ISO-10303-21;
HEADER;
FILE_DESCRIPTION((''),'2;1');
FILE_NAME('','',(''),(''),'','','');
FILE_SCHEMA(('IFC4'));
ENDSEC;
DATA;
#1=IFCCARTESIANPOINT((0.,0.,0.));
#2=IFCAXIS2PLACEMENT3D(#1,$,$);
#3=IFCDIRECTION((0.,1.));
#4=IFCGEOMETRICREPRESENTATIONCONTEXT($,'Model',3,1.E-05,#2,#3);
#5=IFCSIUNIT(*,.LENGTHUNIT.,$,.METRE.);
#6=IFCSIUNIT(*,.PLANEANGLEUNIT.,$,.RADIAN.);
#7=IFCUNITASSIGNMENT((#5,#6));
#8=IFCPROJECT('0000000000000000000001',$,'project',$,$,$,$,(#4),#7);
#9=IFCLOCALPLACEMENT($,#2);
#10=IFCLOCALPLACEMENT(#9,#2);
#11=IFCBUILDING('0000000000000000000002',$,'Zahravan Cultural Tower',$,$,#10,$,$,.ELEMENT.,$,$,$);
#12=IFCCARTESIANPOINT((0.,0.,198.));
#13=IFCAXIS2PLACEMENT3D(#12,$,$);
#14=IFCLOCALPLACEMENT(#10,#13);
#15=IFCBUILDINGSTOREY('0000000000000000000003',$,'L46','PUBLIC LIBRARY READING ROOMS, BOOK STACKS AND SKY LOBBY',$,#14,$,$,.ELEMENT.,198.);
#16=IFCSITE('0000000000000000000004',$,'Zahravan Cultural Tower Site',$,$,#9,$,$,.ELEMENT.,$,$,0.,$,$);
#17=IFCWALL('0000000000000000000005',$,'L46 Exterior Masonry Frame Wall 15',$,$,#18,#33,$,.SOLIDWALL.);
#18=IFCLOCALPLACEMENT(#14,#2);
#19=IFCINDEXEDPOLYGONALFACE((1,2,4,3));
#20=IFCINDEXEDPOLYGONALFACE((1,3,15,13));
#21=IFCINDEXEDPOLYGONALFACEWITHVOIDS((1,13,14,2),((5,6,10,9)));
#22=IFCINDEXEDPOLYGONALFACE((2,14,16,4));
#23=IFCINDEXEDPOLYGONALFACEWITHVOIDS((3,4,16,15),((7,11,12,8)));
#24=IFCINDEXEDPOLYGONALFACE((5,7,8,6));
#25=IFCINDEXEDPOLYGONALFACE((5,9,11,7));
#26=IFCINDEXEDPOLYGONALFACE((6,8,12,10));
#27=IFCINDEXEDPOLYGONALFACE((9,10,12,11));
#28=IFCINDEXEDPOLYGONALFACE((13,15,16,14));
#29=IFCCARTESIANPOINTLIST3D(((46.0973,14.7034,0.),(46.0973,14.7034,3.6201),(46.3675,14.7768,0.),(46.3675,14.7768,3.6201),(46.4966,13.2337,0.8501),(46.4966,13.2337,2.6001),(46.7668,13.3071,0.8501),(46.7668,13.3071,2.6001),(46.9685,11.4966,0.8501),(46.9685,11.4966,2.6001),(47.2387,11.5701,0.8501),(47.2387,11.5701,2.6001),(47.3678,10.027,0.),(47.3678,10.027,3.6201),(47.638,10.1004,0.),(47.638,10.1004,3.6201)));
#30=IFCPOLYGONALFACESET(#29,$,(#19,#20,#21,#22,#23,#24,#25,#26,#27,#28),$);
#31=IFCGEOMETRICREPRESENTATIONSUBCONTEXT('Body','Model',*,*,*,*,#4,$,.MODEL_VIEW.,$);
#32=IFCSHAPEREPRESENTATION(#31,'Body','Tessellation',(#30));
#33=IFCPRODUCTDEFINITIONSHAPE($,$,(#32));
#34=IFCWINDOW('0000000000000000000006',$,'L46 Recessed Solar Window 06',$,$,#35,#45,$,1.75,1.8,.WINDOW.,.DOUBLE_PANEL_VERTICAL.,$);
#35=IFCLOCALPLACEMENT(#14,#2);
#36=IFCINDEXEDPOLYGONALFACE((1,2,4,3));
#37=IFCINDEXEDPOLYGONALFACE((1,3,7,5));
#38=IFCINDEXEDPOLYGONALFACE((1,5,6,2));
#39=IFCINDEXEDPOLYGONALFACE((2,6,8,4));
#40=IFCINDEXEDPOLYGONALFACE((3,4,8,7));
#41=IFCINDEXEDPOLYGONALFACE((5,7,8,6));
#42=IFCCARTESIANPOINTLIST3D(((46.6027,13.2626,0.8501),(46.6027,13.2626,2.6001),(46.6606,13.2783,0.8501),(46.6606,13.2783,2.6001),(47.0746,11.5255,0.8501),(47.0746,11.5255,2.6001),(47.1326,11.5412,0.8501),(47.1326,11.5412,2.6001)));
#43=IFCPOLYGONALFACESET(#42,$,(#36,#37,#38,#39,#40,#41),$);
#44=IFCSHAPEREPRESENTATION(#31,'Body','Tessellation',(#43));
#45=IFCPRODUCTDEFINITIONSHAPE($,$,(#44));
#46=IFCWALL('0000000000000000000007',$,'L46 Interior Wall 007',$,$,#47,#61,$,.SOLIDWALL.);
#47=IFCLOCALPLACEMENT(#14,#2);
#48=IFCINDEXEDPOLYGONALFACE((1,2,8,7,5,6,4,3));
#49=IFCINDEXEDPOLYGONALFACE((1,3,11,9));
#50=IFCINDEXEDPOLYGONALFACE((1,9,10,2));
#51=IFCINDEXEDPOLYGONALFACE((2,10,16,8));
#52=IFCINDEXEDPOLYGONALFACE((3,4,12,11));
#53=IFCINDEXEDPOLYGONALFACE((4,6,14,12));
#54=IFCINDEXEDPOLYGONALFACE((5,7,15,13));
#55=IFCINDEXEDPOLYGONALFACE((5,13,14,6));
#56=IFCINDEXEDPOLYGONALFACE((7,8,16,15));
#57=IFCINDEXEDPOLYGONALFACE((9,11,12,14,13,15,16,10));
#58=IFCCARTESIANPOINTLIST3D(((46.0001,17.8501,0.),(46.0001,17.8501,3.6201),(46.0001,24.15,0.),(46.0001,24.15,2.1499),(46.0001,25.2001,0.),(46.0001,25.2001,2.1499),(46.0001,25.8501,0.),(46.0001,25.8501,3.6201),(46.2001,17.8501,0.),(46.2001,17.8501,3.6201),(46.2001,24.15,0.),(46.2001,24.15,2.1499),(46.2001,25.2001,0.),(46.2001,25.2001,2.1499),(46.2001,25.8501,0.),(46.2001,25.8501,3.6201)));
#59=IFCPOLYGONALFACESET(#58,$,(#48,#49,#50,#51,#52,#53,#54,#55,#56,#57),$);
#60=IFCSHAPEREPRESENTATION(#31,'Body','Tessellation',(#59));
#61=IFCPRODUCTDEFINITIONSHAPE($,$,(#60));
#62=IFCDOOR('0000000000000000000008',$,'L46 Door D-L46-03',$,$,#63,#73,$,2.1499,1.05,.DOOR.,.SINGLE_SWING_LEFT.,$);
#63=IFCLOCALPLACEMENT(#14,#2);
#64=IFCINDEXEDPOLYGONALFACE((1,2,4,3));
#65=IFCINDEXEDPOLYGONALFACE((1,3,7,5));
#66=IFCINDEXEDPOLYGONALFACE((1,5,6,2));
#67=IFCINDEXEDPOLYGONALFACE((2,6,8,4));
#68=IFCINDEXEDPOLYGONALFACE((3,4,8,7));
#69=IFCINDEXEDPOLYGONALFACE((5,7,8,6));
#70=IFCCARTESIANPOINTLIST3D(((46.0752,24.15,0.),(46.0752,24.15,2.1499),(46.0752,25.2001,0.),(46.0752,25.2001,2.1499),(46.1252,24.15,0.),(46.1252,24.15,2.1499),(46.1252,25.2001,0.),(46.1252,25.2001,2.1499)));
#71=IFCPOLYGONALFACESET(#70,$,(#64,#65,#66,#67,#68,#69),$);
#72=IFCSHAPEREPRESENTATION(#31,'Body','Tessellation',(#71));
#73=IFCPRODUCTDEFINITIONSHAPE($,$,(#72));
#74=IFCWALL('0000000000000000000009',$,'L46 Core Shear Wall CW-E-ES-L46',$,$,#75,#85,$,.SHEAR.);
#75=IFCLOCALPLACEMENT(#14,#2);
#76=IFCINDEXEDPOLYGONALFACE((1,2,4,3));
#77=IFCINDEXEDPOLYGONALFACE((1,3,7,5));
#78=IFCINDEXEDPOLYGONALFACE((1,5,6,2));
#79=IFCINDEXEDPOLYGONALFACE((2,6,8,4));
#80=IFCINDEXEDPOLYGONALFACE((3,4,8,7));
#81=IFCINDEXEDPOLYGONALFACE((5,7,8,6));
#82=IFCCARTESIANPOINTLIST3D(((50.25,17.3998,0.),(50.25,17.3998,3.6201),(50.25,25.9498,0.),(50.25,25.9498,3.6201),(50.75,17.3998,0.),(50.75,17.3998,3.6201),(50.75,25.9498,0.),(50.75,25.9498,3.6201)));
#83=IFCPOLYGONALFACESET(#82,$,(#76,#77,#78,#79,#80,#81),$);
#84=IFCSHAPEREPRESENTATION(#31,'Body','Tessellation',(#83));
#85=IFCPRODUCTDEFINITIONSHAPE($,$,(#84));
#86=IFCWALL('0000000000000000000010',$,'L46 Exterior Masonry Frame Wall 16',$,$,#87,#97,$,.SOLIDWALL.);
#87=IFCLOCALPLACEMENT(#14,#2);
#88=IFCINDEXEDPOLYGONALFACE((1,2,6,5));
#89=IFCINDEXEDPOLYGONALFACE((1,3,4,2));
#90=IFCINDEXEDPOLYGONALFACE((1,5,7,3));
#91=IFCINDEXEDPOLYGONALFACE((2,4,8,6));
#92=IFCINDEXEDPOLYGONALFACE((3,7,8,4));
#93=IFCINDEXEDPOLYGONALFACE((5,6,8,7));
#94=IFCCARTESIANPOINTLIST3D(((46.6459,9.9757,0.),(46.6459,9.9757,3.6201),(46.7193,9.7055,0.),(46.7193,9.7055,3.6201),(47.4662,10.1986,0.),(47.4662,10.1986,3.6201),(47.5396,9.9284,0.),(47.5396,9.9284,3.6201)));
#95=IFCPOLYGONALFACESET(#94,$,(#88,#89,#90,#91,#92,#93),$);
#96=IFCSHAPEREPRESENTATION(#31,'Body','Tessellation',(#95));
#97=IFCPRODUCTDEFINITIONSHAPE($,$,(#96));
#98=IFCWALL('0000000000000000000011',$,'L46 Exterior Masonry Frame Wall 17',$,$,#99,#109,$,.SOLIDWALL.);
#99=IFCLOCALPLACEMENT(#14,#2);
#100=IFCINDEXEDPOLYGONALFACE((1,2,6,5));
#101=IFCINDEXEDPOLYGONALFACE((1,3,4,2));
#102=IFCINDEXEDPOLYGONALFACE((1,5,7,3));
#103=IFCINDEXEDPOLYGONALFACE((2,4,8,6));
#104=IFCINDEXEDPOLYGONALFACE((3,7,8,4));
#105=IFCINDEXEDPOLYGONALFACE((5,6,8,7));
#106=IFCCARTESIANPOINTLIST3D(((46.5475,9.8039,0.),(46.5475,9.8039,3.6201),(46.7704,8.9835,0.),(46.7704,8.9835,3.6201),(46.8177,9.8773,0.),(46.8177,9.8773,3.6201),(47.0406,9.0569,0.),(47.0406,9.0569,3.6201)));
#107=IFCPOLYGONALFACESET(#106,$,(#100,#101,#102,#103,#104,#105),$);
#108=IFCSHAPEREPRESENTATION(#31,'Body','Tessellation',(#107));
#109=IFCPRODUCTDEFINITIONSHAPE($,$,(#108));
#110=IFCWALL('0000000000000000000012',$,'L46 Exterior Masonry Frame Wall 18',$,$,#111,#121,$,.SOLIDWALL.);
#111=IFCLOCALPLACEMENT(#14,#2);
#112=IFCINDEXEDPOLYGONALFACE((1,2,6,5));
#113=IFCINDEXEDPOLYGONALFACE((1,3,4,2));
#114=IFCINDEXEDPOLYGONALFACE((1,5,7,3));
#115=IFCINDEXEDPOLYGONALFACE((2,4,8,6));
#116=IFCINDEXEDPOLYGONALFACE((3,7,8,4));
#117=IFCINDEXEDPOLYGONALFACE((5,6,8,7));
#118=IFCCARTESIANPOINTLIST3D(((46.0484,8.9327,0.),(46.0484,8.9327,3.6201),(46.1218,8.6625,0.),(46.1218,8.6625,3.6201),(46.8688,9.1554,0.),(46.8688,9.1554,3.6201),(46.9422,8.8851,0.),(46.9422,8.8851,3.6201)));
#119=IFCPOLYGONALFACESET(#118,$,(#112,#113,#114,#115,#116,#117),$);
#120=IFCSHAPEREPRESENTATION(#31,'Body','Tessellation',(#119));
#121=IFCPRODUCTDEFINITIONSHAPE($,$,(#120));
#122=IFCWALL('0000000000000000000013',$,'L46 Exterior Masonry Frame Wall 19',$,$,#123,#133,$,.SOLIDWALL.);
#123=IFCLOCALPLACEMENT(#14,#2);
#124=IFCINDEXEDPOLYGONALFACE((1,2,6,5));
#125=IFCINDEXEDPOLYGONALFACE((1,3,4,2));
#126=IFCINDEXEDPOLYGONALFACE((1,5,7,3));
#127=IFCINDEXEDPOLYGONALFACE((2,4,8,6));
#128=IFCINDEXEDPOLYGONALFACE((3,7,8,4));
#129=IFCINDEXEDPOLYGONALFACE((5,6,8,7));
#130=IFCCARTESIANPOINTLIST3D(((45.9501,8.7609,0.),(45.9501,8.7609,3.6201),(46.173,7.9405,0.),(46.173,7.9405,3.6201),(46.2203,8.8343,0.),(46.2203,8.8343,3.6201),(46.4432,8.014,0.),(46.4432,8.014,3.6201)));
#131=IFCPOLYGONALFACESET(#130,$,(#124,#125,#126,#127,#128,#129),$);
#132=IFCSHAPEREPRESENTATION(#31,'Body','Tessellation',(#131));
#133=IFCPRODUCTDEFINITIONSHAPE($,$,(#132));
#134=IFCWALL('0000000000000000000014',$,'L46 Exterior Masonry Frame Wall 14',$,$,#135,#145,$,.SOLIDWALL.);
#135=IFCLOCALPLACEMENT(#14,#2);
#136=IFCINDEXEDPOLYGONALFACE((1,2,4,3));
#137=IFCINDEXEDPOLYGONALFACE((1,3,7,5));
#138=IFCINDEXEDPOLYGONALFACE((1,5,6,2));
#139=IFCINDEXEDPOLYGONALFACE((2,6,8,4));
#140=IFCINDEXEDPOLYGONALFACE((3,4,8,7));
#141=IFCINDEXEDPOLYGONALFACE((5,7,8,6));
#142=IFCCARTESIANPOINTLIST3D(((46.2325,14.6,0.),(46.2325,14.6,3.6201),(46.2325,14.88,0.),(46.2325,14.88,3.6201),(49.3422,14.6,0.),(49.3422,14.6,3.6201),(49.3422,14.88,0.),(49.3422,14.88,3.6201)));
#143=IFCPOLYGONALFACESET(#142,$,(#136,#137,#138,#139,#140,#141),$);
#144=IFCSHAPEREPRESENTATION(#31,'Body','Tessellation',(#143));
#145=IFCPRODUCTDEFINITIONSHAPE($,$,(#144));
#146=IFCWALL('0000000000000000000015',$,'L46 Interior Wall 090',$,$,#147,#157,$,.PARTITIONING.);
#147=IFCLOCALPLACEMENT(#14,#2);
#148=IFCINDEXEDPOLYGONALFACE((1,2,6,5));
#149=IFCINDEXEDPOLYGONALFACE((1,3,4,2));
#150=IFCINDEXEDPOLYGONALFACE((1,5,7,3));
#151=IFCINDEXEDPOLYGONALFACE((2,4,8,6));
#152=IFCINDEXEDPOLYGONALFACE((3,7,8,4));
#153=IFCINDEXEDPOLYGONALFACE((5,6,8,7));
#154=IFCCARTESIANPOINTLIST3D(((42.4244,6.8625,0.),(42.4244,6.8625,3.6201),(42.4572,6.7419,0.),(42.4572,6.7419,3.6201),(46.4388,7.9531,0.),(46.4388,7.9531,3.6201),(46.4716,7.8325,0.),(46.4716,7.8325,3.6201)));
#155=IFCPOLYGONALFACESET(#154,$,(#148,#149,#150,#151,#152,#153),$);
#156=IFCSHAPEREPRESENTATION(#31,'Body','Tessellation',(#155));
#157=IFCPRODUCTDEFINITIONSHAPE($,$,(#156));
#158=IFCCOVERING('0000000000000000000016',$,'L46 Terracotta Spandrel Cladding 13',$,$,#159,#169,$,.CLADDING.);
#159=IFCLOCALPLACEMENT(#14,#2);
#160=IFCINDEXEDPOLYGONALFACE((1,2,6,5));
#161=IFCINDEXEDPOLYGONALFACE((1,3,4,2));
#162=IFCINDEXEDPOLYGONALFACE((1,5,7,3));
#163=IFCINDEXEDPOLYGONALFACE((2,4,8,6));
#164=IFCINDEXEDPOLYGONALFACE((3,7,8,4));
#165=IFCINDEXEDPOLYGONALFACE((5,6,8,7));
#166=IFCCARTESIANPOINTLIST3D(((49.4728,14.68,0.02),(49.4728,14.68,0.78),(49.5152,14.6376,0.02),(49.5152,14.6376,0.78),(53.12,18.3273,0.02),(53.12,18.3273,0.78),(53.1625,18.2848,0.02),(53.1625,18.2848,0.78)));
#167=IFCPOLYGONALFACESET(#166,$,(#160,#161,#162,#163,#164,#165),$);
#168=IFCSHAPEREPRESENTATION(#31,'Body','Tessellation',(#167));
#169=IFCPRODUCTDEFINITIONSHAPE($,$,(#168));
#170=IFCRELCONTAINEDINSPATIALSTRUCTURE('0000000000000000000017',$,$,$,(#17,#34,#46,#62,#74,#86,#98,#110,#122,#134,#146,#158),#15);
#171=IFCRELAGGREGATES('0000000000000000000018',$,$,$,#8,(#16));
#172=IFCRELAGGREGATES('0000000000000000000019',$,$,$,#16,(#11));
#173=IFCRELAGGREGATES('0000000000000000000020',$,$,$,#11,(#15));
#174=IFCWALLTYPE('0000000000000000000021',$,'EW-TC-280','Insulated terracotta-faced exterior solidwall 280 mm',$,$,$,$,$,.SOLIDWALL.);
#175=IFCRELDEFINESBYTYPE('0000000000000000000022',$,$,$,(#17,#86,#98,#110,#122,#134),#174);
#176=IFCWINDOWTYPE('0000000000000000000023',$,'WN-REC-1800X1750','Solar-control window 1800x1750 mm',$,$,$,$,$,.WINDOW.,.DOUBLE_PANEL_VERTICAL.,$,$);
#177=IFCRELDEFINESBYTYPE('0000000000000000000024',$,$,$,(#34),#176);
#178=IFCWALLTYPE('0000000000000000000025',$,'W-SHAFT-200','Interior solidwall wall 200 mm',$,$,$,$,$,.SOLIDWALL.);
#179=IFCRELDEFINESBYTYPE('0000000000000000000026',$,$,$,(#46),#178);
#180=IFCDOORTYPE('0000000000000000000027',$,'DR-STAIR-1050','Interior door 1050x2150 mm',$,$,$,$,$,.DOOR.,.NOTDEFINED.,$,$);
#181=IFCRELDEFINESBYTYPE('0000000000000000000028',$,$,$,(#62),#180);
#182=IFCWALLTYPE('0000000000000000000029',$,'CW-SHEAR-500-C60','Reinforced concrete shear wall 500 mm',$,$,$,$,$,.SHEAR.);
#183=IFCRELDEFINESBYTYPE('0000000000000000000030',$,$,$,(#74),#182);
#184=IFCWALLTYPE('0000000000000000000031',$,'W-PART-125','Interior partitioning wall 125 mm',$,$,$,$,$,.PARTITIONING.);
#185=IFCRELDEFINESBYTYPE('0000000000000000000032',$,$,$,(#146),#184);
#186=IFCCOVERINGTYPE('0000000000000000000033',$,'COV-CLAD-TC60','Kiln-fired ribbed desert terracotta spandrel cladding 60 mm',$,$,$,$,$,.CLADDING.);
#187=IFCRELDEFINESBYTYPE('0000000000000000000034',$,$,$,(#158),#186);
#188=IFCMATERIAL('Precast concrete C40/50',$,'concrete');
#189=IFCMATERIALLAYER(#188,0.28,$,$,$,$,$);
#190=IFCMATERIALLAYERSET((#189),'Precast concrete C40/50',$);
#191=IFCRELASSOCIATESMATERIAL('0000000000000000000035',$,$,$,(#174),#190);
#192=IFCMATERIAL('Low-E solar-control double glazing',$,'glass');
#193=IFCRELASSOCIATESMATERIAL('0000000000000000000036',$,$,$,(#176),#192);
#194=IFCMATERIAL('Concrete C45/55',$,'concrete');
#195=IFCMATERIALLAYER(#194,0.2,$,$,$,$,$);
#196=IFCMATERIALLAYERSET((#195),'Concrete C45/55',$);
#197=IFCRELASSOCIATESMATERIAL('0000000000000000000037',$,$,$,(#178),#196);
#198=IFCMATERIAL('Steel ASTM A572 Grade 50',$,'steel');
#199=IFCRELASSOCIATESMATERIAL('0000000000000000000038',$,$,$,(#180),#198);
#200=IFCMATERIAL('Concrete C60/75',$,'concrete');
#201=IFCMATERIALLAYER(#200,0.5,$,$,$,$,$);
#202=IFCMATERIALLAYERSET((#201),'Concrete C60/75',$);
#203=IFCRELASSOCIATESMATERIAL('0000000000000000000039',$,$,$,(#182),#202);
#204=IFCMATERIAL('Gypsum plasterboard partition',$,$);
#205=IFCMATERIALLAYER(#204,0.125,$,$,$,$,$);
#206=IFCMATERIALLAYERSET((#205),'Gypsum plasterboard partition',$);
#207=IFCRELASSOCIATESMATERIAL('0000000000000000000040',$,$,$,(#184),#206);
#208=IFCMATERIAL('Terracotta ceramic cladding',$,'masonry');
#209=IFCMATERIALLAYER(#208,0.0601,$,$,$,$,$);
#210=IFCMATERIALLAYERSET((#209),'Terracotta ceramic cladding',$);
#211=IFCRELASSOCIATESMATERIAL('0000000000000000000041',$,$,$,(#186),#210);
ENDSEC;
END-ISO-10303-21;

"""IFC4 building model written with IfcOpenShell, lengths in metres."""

from ifc_helpers import new_model, si_unit, direction, frame, frame_2d, origin, origin_2d, place, context, subcontext, project, spatial, rectangle, extrude, source, transform, mapped, material, layer, layer_set, type_object, element, fill, save


model = new_model("IFC4")

# Units and contexts
model_context = context("Model", 3, precision=1e-05, world=origin(), true_north=direction((0.0, 1.0)))
body_context = subcontext(model_context, "Body", "Model", "MODEL_VIEW")
ifc_project = project(units=[si_unit("LENGTHUNIT", "METRE"), si_unit("PLANEANGLEUNIT", "RADIAN")], contexts=[model_context])

# Site, building, storey
site_placement = place(None, origin())
site = spatial("IfcSite", under=ifc_project, at=site_placement, Name="Zahravan Cultural Tower Site", CompositionType="ELEMENT", RefElevation=0.0)
building_placement = place(site_placement, origin())
building = spatial("IfcBuilding", under=site, at=building_placement, Name="Zahravan Cultural Tower", CompositionType="ELEMENT")
storey_placement = place(building_placement, frame((0.0, 0.0, 198.0)))
storey = spatial("IfcBuildingStorey", under=building, at=storey_placement, Name="L46", Description="PUBLIC LIBRARY READING ROOMS, BOOK STACKS AND SKY LOBBY", CompositionType="ELEMENT", Elevation=198.0)

# Shared definitions
ifc_material_1 = material(Name="Low-E solar-control double glazing", Category="glass")

# Wall, opening, window
ifc_material_2 = material(Name="Precast concrete C40/50", Category="concrete")
ifc_layer_1 = layer(ifc_material_2, 0.28)
ifc_layer_set_1 = layer_set([ifc_layer_1], Name="Precast concrete C40/50")
wall_type_1 = type_object("IfcWallType", Name="EW-TC-280", Description="Insulated terracotta-faced exterior solidwall 280 mm", PredefinedType="SOLIDWALL", material=ifc_layer_set_1)
wall_1_placement = place(storey_placement, frame((46.2324, 14.74, 0.0), z_axis=(0.0, 0.0, 1.0), x_axis=(0.262175, -0.96502, 0.0)))
wall_1 = element("IfcWall", 1, at=wall_1_placement, inside=storey, type_object=wall_type_1, Name="L46 Exterior Masonry Frame Wall 15", PredefinedType="SOLIDWALL", context=body_context, shape_type="SweptSolid", body=[
    extrude(rectangle(XDim=4.8459, YDim=0.28, at=frame_2d((2.4229, 0.0))), origin(), (0.0, 0.0, 1.0), 3.6201),
])
opening_1_placement = place(wall_1_placement, frame((1.5229, 0.0, 0.8501)))
opening_1 = element("IfcOpeningElement", 2, at=opening_1_placement, cuts=wall_1, PredefinedType="OPENING", context=body_context, shape_type="SweptSolid", body=[
    extrude(rectangle(XDim=1.8, YDim=1.75, at=frame_2d((0.8999, 0.875))), frame((0.0, 0.1499, 0.0), z_axis=(0.0, -1.0, 0.0), x_axis=(1.0, 0.0, 0.0)), (0.0, 0.0, 1.0), 0.3),
])
window_type = type_object("IfcWindowType", Name="WN-REC-1800X1750", Description="Solar-control window 1800x1750 mm", PartitioningType="DOUBLE_PANEL_VERTICAL", PredefinedType="WINDOW", material=ifc_material_1)
shared_shape_1 = source(origin(), body_context, "Body", "SweptSolid", [
    extrude(rectangle(XDim=1.8, YDim=1.75, at=frame_2d((0.8999, 0.875))), frame((0.0, 0.03, 0.0), z_axis=(0.0, -1.0, 0.0), x_axis=(1.0, 0.0, 0.0)), (0.0, 0.0, 1.0), 0.0601),
])
window_placement = place(opening_1_placement, origin())
window = element("IfcWindow", 3, at=window_placement, inside=storey, type_object=window_type, Name="L46 Recessed Solar Window 06", OverallHeight=1.75, OverallWidth=1.8, PartitioningType="DOUBLE_PANEL_VERTICAL", PredefinedType="WINDOW", context=body_context, shape_type="MappedRepresentation", body=[
    mapped(shared_shape_1, transform((0.0, 0.0, 0.0), x_axis=(1.0, 0.0, 0.0), y_axis=(0.0, 1.0, 0.0), z_axis=(0.0, 0.0, 1.0), scale=1.0)),
])
fill(opening_1, window)

# Wall, opening, door
ifc_material_3 = material(Name="Concrete C45/55", Category="concrete")
ifc_layer_2 = layer(ifc_material_3, 0.2)
ifc_layer_set_2 = layer_set([ifc_layer_2], Name="Concrete C45/55")
wall_type_2 = type_object("IfcWallType", Name="W-SHAFT-200", Description="Interior solidwall wall 200 mm", PredefinedType="SOLIDWALL", material=ifc_layer_set_2)
wall_2_placement = place(storey_placement, frame((46.1001, 17.8501, 0.0), z_axis=(0.0, 0.0, 1.0), x_axis=(0.0, 1.0, 0.0)))
wall_2 = element("IfcWall", 4, at=wall_2_placement, inside=storey, type_object=wall_type_2, Name="L46 Interior Wall 007", PredefinedType="SOLIDWALL", context=body_context, shape_type="SweptSolid", body=[
    extrude(rectangle(XDim=8.0, YDim=0.2, at=frame_2d((4.0, 0.0))), origin(), (0.0, 0.0, 1.0), 3.6201),
])
opening_2_placement = place(wall_2_placement, frame((6.3, 0.0, 0.0)))
opening_2 = element("IfcOpeningElement", 5, at=opening_2_placement, cuts=wall_2, PredefinedType="OPENING", context=body_context, shape_type="SweptSolid", body=[
    extrude(rectangle(XDim=1.05, YDim=2.1499, at=frame_2d((0.5249, 1.075))), frame((0.0, 0.1099, 0.0), z_axis=(0.0, -1.0, 0.0), x_axis=(1.0, 0.0, 0.0)), (0.0, 0.0, 1.0), 0.22),
])
ifc_material_4 = material(Name="Steel ASTM A572 Grade 50", Category="steel")
door_type = type_object("IfcDoorType", Name="DR-STAIR-1050", Description="Interior door 1050x2150 mm", OperationType="NOTDEFINED", PredefinedType="DOOR", material=ifc_material_4)
shared_shape_2 = source(origin(), body_context, "Body", "SweptSolid", [
    extrude(rectangle(XDim=1.05, YDim=2.1499, at=frame_2d((0.5249, 1.075))), frame((0.0, 0.0249, 0.0), z_axis=(0.0, -1.0, 0.0), x_axis=(1.0, 0.0, 0.0)), (0.0, 0.0, 1.0), 0.05),
])
door_placement = place(opening_2_placement, origin())
door = element("IfcDoor", 6, at=door_placement, inside=storey, type_object=door_type, Name="L46 Door D-L46-03", OperationType="SINGLE_SWING_LEFT", OverallHeight=2.1499, OverallWidth=1.05, PredefinedType="DOOR", context=body_context, shape_type="MappedRepresentation", body=[
    mapped(shared_shape_2, transform((0.0, 0.0, 0.0), x_axis=(1.0, 0.0, 0.0), y_axis=(0.0, 1.0, 0.0), z_axis=(0.0, 0.0, 1.0), scale=1.0)),
])
fill(opening_2, door)

# Walls
ifc_material_5 = material(Name="Concrete C60/75", Category="concrete")
ifc_layer_3 = layer(ifc_material_5, 0.5)
ifc_layer_set_3 = layer_set([ifc_layer_3], Name="Concrete C60/75")
wall_type_3 = type_object("IfcWallType", Name="CW-SHEAR-500-C60", Description="Reinforced concrete shear wall 500 mm", PredefinedType="SHEAR", material=ifc_layer_set_3)
shared_shape_3 = source(origin(), body_context, "Body", "SweptSolid", [
    extrude(rectangle(XDim=8.55, YDim=0.5, at=frame_2d((4.2749, 0.0))), origin(), (0.0, 0.0, 1.0), 3.6201),
])
wall_3_placement = place(storey_placement, frame((50.5, 17.3999, 0.0), z_axis=(0.0, 0.0, 1.0), x_axis=(0.0, 1.0, 0.0)))
element("IfcWall", 7, at=wall_3_placement, inside=storey, type_object=wall_type_3, Name="L46 Core Shear Wall CW-E-ES-L46", PredefinedType="SHEAR", context=body_context, shape_type="MappedRepresentation", body=[
    mapped(shared_shape_3, transform((0.0, 0.0, 0.0), x_axis=(1.0, 0.0, 0.0), y_axis=(0.0, 1.0, 0.0), z_axis=(0.0, 0.0, 1.0), scale=1.0)),
])
shared_shape_4 = source(origin(), body_context, "Body", "SweptSolid", [
    extrude(rectangle(XDim=0.8501, YDim=0.28, at=frame_2d((0.425, 0.0))), origin(), (0.0, 0.0, 1.0), 3.6201),
])
for number, where, z_axis, x_axis, name in (
    (8, (47.5029, 10.0635, 0.0), (0.0, 0.0, 1.0), (-0.965009, -0.262218, 0.0), "L46 Exterior Masonry Frame Wall 16"),
    (9, (46.6826, 9.8406, 0.0), (0.0, 0.0, 1.0), (0.262218, -0.965009, 0.0), "L46 Exterior Masonry Frame Wall 17"),
    (10, (46.9055, 9.0203, 0.0), (0.0, 0.0, 1.0), (-0.965081, -0.261951, 0.0), "L46 Exterior Masonry Frame Wall 18"),
    (11, (46.0852, 8.7976, 0.0), (0.0, 0.0, 1.0), (0.262218, -0.965009, 0.0), "L46 Exterior Masonry Frame Wall 19"),
):
    element("IfcWall", number, at=place(storey_placement, frame(where, z_axis=z_axis, x_axis=x_axis)), inside=storey, type_object=wall_type_1, Name=name, PredefinedType="SOLIDWALL", context=body_context, shape_type="MappedRepresentation", body=[
        mapped(shared_shape_4, transform((0.0, 0.0, 0.0), x_axis=(1.0, 0.0, 0.0), y_axis=(0.0, 1.0, 0.0), z_axis=(0.0, 0.0, 1.0), scale=1.0)),
    ])
shared_shape_5 = source(origin(), body_context, "Body", "SweptSolid", [
    extrude(rectangle(XDim=3.1096, YDim=0.28, at=frame_2d((1.5547, 0.0))), origin(), (0.0, 0.0, 1.0), 3.6201),
])
wall_4_placement = place(storey_placement, frame((49.342, 14.74, 0.0), z_axis=(0.0, 0.0, 1.0), x_axis=(-1.0, 0.0, 0.0)))
element("IfcWall", 12, at=wall_4_placement, inside=storey, type_object=wall_type_1, Name="L46 Exterior Masonry Frame Wall 14", PredefinedType="SOLIDWALL", context=body_context, shape_type="MappedRepresentation", body=[
    mapped(shared_shape_5, transform((0.0, 0.0, 0.0), x_axis=(1.0, 0.0, 0.0), y_axis=(0.0, 1.0, 0.0), z_axis=(0.0, 0.0, 1.0), scale=1.0)),
])
ifc_material_6 = material(Name="Gypsum plasterboard partition")
ifc_layer_4 = layer(ifc_material_6, 0.125)
ifc_layer_set_4 = layer_set([ifc_layer_4], Name="Gypsum plasterboard partition")
wall_type_4 = type_object("IfcWallType", Name="W-PART-125", Description="Interior partitioning wall 125 mm", PredefinedType="PARTITIONING", material=ifc_layer_set_4)
shared_shape_6 = source(origin(), body_context, "Body", "SweptSolid", [
    extrude(rectangle(XDim=4.1599, YDim=0.125, at=frame_2d((2.0801, 0.0))), origin(), (0.0, 0.0, 1.0), 3.6201),
])
wall_5_placement = place(storey_placement, frame((46.4553, 7.8928, 0.0), z_axis=(0.0, 0.0, 1.0), x_axis=(-0.965023, -0.262164, 0.0)))
element("IfcWall", 13, at=wall_5_placement, inside=storey, type_object=wall_type_4, Name="L46 Interior Wall 090", PredefinedType="PARTITIONING", context=body_context, shape_type="MappedRepresentation", body=[
    mapped(shared_shape_6, transform((0.0, 0.0, 0.0), x_axis=(1.0, 0.0, 0.0), y_axis=(0.0, 1.0, 0.0), z_axis=(0.0, 0.0, 1.0), scale=1.0)),
])

# Covering
ifc_material_7 = material(Name="Terracotta ceramic cladding", Category="masonry")
ifc_layer_5 = layer(ifc_material_7, 0.0601)
ifc_layer_set_5 = layer_set([ifc_layer_5], Name="Terracotta ceramic cladding")
covering_type = type_object("IfcCoveringType", Name="COV-CLAD-TC60", Description="Kiln-fired ribbed desert terracotta spandrel cladding 60 mm", PredefinedType="CLADDING", material=ifc_layer_set_5)
shared_shape_7 = source(origin(), body_context, "Body", "SweptSolid", [
    extrude(rectangle(XDim=5.158, YDim=0.0601, at=origin_2d()), origin(), (0.0, 0.0, 1.0), 0.76),
])
covering_1_placement = place(storey_placement, frame((51.3176, 16.4824, 0.02), z_axis=(0.0, 0.0, 1.0), x_axis=(-0.707107, -0.707107, 0.0)))
element("IfcCovering", 14, at=covering_1_placement, inside=storey, type_object=covering_type, Name="L46 Terracotta Spandrel Cladding 13", PredefinedType="CLADDING", context=body_context, shape_type="MappedRepresentation", body=[
    mapped(shared_shape_7, transform((0.0, 0.0, 0.0), x_axis=(1.0, 0.0, 0.0), y_axis=(0.0, 1.0, 0.0), z_axis=(0.0, 0.0, 1.0), scale=1.0)),
])

save(model, "model.ifc")
